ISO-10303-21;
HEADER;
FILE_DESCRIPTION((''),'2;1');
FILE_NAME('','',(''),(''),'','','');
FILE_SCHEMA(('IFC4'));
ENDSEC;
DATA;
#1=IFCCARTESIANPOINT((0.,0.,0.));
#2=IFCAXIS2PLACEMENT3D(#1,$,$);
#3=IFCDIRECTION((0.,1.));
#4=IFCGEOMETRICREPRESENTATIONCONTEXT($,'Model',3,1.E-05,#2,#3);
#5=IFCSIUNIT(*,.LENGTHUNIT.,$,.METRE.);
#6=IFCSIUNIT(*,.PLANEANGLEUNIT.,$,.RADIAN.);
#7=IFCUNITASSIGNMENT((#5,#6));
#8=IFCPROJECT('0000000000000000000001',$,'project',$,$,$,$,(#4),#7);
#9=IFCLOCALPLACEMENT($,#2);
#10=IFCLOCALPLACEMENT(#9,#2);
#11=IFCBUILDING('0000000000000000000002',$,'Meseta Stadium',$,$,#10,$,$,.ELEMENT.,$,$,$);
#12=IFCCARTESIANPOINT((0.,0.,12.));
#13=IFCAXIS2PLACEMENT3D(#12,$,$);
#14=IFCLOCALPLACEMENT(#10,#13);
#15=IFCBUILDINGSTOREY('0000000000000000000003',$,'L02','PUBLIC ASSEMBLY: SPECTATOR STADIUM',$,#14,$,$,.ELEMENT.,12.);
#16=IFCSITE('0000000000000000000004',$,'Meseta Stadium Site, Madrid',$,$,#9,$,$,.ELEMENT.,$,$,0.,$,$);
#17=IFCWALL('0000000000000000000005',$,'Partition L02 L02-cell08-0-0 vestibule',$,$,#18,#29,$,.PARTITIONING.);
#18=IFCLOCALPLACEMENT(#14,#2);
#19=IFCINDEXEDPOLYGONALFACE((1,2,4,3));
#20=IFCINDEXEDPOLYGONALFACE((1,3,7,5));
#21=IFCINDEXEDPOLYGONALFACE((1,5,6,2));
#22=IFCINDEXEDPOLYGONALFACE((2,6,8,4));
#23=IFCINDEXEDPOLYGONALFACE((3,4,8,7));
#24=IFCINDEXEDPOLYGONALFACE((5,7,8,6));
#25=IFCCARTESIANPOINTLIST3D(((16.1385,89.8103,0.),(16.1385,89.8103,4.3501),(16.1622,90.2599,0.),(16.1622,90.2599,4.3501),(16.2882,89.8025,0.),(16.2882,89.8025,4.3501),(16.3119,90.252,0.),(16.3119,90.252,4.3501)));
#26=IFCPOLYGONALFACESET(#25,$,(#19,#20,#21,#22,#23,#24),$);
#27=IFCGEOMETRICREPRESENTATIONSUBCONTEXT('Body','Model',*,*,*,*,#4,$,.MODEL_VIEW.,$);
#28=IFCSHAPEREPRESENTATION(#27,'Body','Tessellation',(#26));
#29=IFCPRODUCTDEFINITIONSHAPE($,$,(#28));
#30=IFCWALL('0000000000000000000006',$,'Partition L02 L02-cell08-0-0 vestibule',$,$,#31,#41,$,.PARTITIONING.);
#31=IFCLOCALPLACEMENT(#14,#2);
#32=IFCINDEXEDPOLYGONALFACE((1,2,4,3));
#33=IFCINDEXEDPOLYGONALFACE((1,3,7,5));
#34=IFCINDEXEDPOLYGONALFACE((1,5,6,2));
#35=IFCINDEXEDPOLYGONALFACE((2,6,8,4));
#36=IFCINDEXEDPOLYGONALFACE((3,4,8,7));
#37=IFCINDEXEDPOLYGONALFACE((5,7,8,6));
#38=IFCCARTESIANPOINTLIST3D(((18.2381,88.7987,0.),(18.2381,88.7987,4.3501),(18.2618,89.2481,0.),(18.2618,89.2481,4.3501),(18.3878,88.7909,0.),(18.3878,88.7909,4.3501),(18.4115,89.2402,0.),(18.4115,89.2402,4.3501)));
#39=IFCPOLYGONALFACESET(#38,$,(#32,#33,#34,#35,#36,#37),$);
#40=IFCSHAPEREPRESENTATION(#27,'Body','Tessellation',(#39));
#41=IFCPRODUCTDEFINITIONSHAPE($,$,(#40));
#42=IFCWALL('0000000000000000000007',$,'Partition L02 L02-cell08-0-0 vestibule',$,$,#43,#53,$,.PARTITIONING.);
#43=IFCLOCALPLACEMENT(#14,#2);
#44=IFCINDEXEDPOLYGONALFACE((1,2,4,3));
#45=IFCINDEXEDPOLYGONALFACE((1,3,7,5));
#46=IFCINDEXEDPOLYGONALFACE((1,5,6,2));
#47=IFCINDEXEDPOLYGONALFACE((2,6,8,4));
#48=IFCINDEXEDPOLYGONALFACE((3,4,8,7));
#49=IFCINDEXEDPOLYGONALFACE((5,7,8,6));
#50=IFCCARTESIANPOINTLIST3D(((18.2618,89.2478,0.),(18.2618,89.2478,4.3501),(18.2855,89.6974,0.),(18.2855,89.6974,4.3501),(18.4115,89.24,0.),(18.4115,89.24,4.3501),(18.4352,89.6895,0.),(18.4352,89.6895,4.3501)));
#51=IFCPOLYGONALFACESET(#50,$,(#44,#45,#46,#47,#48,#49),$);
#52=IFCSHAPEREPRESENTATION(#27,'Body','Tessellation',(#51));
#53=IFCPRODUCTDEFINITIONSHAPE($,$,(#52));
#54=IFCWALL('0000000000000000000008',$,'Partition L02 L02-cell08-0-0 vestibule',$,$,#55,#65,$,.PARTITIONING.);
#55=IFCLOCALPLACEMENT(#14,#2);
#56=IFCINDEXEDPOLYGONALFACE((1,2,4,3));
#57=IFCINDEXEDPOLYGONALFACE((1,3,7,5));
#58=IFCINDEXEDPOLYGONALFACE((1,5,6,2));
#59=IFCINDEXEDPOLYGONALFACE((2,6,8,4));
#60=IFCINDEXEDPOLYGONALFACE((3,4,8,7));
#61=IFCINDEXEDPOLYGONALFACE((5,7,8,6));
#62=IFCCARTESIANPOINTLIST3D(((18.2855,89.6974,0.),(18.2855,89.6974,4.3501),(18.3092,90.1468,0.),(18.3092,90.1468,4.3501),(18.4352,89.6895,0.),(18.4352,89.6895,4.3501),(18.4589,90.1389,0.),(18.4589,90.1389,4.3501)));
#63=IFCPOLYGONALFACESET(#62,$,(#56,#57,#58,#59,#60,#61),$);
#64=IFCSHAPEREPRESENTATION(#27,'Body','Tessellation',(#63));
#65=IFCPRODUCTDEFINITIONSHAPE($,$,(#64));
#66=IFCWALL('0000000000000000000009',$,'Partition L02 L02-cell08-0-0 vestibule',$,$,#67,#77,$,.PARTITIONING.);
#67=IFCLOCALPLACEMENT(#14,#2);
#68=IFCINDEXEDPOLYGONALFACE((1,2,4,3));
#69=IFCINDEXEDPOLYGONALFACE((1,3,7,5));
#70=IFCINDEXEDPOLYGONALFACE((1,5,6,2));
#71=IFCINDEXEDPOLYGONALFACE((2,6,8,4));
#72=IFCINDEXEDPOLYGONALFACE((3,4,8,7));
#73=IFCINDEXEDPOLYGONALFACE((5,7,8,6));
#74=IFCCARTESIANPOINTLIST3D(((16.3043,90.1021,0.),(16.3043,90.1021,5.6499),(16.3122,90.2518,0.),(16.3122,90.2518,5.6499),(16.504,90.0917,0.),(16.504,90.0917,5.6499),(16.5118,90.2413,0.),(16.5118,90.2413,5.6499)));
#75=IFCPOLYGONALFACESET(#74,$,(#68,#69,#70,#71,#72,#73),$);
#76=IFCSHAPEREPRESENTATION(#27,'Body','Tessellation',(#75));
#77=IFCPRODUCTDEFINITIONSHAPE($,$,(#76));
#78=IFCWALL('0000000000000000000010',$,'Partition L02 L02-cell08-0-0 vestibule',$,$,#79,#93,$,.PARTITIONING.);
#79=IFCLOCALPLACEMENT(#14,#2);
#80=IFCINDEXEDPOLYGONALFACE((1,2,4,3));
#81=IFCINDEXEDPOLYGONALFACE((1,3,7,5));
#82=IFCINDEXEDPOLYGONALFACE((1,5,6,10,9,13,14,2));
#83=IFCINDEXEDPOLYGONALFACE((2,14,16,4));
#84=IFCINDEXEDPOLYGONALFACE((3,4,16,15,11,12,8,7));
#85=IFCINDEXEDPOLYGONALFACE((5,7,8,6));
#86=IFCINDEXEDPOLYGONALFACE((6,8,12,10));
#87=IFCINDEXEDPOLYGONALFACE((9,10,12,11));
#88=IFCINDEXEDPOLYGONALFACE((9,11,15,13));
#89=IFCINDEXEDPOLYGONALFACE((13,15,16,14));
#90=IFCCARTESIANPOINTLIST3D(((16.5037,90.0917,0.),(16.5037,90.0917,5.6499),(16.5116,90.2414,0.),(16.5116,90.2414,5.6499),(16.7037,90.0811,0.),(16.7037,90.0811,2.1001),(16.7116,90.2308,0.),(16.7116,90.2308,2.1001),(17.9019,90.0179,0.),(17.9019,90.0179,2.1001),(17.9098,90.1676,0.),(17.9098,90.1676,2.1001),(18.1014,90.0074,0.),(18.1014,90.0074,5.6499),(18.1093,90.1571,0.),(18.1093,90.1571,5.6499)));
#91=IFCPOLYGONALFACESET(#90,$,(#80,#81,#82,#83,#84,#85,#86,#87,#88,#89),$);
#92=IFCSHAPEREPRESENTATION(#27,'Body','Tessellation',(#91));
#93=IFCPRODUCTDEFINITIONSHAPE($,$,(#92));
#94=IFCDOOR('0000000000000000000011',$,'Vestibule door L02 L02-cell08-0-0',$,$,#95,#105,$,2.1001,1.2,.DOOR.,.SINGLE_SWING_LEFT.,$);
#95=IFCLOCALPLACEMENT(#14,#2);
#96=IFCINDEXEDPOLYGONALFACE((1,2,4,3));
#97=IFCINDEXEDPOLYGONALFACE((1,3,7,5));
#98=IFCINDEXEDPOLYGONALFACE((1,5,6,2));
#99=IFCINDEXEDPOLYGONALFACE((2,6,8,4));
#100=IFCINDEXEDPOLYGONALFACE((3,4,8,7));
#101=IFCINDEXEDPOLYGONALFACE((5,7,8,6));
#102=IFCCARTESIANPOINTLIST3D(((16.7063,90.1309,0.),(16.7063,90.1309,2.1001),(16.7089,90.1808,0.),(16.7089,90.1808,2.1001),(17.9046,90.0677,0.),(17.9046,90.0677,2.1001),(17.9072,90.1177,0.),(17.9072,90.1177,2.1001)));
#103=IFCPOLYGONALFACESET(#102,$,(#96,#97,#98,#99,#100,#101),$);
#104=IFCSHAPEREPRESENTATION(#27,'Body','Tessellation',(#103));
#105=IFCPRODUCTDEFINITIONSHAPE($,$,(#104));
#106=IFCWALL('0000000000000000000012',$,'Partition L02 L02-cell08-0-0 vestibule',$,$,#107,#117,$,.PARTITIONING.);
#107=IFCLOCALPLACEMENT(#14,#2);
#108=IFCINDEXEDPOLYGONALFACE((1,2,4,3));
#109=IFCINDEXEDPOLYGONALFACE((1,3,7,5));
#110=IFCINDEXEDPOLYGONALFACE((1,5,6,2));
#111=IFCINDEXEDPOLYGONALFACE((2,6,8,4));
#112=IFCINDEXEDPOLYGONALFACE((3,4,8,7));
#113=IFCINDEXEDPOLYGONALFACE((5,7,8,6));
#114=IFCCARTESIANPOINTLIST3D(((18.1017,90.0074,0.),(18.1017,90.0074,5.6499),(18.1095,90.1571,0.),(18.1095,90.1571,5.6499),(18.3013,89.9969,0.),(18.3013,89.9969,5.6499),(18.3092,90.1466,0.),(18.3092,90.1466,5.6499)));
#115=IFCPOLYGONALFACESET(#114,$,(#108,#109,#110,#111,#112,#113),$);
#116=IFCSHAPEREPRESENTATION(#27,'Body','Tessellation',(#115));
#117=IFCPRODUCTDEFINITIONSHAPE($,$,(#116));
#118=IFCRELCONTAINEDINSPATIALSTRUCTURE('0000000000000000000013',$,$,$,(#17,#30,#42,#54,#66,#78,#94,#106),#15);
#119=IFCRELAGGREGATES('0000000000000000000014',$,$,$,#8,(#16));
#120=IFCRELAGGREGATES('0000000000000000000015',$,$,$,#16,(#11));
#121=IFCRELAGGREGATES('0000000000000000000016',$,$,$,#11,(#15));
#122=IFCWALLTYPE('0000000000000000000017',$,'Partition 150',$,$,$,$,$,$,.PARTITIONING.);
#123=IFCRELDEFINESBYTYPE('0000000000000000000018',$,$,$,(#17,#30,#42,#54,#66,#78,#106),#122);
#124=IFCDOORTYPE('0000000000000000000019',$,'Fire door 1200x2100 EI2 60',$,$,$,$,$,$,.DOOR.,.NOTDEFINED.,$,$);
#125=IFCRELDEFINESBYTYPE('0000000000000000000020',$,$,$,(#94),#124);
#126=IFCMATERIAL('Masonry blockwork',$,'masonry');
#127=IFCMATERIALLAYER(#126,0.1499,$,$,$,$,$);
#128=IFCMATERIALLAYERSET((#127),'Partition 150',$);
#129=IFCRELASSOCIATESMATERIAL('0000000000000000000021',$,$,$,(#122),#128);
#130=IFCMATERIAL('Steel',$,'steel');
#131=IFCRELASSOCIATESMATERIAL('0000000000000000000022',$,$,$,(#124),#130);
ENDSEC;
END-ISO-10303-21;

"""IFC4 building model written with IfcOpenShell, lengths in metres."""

from ifc_helpers import new_model, si_unit, direction, frame, frame_2d, origin, place, context, subcontext, project, spatial, rectangle, extrude, material, layer, layer_set, type_object, element, fill, save


model = new_model("IFC4")

# Units and contexts
model_context = context("Model", 3, precision=1e-05, world=origin(), true_north=direction((0.0, 1.0)))
body_context = subcontext(model_context, "Body", "Model", "MODEL_VIEW")
ifc_project = project(units=[si_unit("LENGTHUNIT", "METRE"), si_unit("PLANEANGLEUNIT", "RADIAN")], contexts=[model_context])

# Site, building, storey
site_placement = place(None, origin())
site = spatial("IfcSite", under=ifc_project, at=site_placement, Name="Meseta Stadium Site, Madrid", CompositionType="ELEMENT", RefElevation=0.0)
building_placement = place(site_placement, origin())
building = spatial("IfcBuilding", under=site, at=building_placement, Name="Meseta Stadium", CompositionType="ELEMENT")
storey_placement = place(building_placement, frame((0.0, 0.0, 12.0)))
storey = spatial("IfcBuildingStorey", under=building, at=storey_placement, Name="L02", Description="PUBLIC ASSEMBLY: SPECTATOR STADIUM", CompositionType="ELEMENT", Elevation=12.0)

# Walls
ifc_material_1 = material(Name="Masonry blockwork", Category="masonry")
ifc_layer_1 = layer(ifc_material_1, 0.1499)
ifc_layer_set_1 = layer_set([ifc_layer_1], Name="Partition 150")
wall_type_1 = type_object("IfcWallType", Name="Partition 150", PredefinedType="PARTITIONING", material=ifc_layer_set_1)
wall_1_placement = place(storey_placement, frame((16.2134, 89.8064, 0.0), z_axis=(0.0, 0.0, 1.0), x_axis=(0.052616, 0.998615, 0.0)))
element("IfcWall", 1, at=wall_1_placement, inside=storey, type_object=wall_type_1, Name="Partition L02 L02-cell08-0-0 vestibule", PredefinedType="PARTITIONING", context=body_context, shape_type="SweptSolid", body=[
    extrude(rectangle(XDim=0.4502, YDim=0.1499, at=frame_2d((0.2251, 0.0))), origin(), (0.0, 0.0, 1.0), 4.3501),
])
wall_2_placement = place(storey_placement, frame((18.313, 88.7947, 0.0), z_axis=(0.0, 0.0, 1.0), x_axis=(0.052644, 0.998613, 0.0)))
element("IfcWall", 2, at=wall_2_placement, inside=storey, type_object=wall_type_1, Name="Partition L02 L02-cell08-0-0 vestibule", PredefinedType="PARTITIONING", context=body_context, shape_type="SweptSolid", body=[
    extrude(rectangle(XDim=0.45, YDim=0.1499, at=frame_2d((0.2251, 0.0))), origin(), (0.0, 0.0, 1.0), 4.3501),
])
wall_3_placement = place(storey_placement, frame((18.3367, 89.2439, 0.0), z_axis=(0.0, 0.0, 1.0), x_axis=(0.052616, 0.998615, 0.0)))
element("IfcWall", 3, at=wall_3_placement, inside=storey, type_object=wall_type_1, Name="Partition L02 L02-cell08-0-0 vestibule", PredefinedType="PARTITIONING", context=body_context, shape_type="SweptSolid", body=[
    extrude(rectangle(XDim=0.4502, YDim=0.1499, at=frame_2d((0.2251, 0.0))), origin(), (0.0, 0.0, 1.0), 4.3501),
])
wall_4_placement = place(storey_placement, frame((18.3604, 89.6934, 0.0), z_axis=(0.0, 0.0, 1.0), x_axis=(0.052644, 0.998613, 0.0)))
element("IfcWall", 4, at=wall_4_placement, inside=storey, type_object=wall_type_1, Name="Partition L02 L02-cell08-0-0 vestibule", PredefinedType="PARTITIONING", context=body_context, shape_type="SweptSolid", body=[
    extrude(rectangle(XDim=0.45, YDim=0.1499, at=frame_2d((0.2251, 0.0))), origin(), (0.0, 0.0, 1.0), 4.3501),
])
wall_5_placement = place(storey_placement, frame((16.3081, 90.177, 0.0), z_axis=(0.0, 0.0, 1.0), x_axis=(0.998621, -0.052495, 0.0)))
element("IfcWall", 5, at=wall_5_placement, inside=storey, type_object=wall_type_1, Name="Partition L02 L02-cell08-0-0 vestibule", PredefinedType="PARTITIONING", context=body_context, shape_type="SweptSolid", body=[
    extrude(rectangle(XDim=0.2, YDim=0.1499, at=frame_2d((0.1001, 0.0))), origin(), (0.0, 0.0, 1.0), 5.6499),
])

# Wall, opening, door
wall_6_placement = place(storey_placement, frame((16.5078, 90.1665, 0.0), z_axis=(0.0, 0.0, 1.0), x_axis=(0.998613, -0.052647, 0.0)))
wall_6 = element("IfcWall", 6, at=wall_6_placement, inside=storey, type_object=wall_type_1, Name="Partition L02 L02-cell08-0-0 vestibule", PredefinedType="PARTITIONING", context=body_context, shape_type="SweptSolid", body=[
    extrude(rectangle(XDim=1.5999, YDim=0.1499, at=frame_2d((0.7998, 0.0))), origin(), (0.0, 0.0, 1.0), 5.6499),
])
opening_1_placement = place(wall_6_placement, frame((0.2, 0.0, 0.0)))
opening_1 = element("IfcOpeningElement", 7, at=opening_1_placement, cuts=wall_6, PredefinedType="OPENING", context=body_context, shape_type="SweptSolid", body=[
    extrude(rectangle(XDim=1.2, YDim=2.1001, at=frame_2d((0.6001, 1.05))), frame((0.0, 0.085, 0.0), z_axis=(0.0, -1.0, 0.0), x_axis=(1.0, 0.0, 0.0)), (0.0, 0.0, 1.0), 0.1699),
])
ifc_material_2 = material(Name="Steel", Category="steel")
door_type_1 = type_object("IfcDoorType", Name="Fire door 1200x2100 EI2 60", OperationType="NOTDEFINED", PredefinedType="DOOR", material=ifc_material_2)
door_1_placement = place(opening_1_placement, origin())
door_1 = element("IfcDoor", 8, at=door_1_placement, inside=storey, type_object=door_type_1, Name="Vestibule door L02 L02-cell08-0-0", OperationType="SINGLE_SWING_LEFT", OverallHeight=2.1001, OverallWidth=1.2, PredefinedType="DOOR", context=body_context, shape_type="SweptSolid", body=[
    extrude(rectangle(XDim=1.2, YDim=2.1001, at=frame_2d((0.6001, 1.05))), frame((0.0, 0.0249, 0.0), z_axis=(0.0, -1.0, 0.0), x_axis=(1.0, 0.0, 0.0)), (0.0, 0.0, 1.0), 0.05),
])
fill(opening_1, door_1)

# Wall
wall_7_placement = place(storey_placement, frame((18.1055, 90.0823, 0.0), z_axis=(0.0, 0.0, 1.0), x_axis=(0.998621, -0.052495, 0.0)))
element("IfcWall", 9, at=wall_7_placement, inside=storey, type_object=wall_type_1, Name="Partition L02 L02-cell08-0-0 vestibule", PredefinedType="PARTITIONING", context=body_context, shape_type="SweptSolid", body=[
    extrude(rectangle(XDim=0.2, YDim=0.1499, at=frame_2d((0.1001, 0.0))), origin(), (0.0, 0.0, 1.0), 5.6499),
])

save(model, "model.ifc")
